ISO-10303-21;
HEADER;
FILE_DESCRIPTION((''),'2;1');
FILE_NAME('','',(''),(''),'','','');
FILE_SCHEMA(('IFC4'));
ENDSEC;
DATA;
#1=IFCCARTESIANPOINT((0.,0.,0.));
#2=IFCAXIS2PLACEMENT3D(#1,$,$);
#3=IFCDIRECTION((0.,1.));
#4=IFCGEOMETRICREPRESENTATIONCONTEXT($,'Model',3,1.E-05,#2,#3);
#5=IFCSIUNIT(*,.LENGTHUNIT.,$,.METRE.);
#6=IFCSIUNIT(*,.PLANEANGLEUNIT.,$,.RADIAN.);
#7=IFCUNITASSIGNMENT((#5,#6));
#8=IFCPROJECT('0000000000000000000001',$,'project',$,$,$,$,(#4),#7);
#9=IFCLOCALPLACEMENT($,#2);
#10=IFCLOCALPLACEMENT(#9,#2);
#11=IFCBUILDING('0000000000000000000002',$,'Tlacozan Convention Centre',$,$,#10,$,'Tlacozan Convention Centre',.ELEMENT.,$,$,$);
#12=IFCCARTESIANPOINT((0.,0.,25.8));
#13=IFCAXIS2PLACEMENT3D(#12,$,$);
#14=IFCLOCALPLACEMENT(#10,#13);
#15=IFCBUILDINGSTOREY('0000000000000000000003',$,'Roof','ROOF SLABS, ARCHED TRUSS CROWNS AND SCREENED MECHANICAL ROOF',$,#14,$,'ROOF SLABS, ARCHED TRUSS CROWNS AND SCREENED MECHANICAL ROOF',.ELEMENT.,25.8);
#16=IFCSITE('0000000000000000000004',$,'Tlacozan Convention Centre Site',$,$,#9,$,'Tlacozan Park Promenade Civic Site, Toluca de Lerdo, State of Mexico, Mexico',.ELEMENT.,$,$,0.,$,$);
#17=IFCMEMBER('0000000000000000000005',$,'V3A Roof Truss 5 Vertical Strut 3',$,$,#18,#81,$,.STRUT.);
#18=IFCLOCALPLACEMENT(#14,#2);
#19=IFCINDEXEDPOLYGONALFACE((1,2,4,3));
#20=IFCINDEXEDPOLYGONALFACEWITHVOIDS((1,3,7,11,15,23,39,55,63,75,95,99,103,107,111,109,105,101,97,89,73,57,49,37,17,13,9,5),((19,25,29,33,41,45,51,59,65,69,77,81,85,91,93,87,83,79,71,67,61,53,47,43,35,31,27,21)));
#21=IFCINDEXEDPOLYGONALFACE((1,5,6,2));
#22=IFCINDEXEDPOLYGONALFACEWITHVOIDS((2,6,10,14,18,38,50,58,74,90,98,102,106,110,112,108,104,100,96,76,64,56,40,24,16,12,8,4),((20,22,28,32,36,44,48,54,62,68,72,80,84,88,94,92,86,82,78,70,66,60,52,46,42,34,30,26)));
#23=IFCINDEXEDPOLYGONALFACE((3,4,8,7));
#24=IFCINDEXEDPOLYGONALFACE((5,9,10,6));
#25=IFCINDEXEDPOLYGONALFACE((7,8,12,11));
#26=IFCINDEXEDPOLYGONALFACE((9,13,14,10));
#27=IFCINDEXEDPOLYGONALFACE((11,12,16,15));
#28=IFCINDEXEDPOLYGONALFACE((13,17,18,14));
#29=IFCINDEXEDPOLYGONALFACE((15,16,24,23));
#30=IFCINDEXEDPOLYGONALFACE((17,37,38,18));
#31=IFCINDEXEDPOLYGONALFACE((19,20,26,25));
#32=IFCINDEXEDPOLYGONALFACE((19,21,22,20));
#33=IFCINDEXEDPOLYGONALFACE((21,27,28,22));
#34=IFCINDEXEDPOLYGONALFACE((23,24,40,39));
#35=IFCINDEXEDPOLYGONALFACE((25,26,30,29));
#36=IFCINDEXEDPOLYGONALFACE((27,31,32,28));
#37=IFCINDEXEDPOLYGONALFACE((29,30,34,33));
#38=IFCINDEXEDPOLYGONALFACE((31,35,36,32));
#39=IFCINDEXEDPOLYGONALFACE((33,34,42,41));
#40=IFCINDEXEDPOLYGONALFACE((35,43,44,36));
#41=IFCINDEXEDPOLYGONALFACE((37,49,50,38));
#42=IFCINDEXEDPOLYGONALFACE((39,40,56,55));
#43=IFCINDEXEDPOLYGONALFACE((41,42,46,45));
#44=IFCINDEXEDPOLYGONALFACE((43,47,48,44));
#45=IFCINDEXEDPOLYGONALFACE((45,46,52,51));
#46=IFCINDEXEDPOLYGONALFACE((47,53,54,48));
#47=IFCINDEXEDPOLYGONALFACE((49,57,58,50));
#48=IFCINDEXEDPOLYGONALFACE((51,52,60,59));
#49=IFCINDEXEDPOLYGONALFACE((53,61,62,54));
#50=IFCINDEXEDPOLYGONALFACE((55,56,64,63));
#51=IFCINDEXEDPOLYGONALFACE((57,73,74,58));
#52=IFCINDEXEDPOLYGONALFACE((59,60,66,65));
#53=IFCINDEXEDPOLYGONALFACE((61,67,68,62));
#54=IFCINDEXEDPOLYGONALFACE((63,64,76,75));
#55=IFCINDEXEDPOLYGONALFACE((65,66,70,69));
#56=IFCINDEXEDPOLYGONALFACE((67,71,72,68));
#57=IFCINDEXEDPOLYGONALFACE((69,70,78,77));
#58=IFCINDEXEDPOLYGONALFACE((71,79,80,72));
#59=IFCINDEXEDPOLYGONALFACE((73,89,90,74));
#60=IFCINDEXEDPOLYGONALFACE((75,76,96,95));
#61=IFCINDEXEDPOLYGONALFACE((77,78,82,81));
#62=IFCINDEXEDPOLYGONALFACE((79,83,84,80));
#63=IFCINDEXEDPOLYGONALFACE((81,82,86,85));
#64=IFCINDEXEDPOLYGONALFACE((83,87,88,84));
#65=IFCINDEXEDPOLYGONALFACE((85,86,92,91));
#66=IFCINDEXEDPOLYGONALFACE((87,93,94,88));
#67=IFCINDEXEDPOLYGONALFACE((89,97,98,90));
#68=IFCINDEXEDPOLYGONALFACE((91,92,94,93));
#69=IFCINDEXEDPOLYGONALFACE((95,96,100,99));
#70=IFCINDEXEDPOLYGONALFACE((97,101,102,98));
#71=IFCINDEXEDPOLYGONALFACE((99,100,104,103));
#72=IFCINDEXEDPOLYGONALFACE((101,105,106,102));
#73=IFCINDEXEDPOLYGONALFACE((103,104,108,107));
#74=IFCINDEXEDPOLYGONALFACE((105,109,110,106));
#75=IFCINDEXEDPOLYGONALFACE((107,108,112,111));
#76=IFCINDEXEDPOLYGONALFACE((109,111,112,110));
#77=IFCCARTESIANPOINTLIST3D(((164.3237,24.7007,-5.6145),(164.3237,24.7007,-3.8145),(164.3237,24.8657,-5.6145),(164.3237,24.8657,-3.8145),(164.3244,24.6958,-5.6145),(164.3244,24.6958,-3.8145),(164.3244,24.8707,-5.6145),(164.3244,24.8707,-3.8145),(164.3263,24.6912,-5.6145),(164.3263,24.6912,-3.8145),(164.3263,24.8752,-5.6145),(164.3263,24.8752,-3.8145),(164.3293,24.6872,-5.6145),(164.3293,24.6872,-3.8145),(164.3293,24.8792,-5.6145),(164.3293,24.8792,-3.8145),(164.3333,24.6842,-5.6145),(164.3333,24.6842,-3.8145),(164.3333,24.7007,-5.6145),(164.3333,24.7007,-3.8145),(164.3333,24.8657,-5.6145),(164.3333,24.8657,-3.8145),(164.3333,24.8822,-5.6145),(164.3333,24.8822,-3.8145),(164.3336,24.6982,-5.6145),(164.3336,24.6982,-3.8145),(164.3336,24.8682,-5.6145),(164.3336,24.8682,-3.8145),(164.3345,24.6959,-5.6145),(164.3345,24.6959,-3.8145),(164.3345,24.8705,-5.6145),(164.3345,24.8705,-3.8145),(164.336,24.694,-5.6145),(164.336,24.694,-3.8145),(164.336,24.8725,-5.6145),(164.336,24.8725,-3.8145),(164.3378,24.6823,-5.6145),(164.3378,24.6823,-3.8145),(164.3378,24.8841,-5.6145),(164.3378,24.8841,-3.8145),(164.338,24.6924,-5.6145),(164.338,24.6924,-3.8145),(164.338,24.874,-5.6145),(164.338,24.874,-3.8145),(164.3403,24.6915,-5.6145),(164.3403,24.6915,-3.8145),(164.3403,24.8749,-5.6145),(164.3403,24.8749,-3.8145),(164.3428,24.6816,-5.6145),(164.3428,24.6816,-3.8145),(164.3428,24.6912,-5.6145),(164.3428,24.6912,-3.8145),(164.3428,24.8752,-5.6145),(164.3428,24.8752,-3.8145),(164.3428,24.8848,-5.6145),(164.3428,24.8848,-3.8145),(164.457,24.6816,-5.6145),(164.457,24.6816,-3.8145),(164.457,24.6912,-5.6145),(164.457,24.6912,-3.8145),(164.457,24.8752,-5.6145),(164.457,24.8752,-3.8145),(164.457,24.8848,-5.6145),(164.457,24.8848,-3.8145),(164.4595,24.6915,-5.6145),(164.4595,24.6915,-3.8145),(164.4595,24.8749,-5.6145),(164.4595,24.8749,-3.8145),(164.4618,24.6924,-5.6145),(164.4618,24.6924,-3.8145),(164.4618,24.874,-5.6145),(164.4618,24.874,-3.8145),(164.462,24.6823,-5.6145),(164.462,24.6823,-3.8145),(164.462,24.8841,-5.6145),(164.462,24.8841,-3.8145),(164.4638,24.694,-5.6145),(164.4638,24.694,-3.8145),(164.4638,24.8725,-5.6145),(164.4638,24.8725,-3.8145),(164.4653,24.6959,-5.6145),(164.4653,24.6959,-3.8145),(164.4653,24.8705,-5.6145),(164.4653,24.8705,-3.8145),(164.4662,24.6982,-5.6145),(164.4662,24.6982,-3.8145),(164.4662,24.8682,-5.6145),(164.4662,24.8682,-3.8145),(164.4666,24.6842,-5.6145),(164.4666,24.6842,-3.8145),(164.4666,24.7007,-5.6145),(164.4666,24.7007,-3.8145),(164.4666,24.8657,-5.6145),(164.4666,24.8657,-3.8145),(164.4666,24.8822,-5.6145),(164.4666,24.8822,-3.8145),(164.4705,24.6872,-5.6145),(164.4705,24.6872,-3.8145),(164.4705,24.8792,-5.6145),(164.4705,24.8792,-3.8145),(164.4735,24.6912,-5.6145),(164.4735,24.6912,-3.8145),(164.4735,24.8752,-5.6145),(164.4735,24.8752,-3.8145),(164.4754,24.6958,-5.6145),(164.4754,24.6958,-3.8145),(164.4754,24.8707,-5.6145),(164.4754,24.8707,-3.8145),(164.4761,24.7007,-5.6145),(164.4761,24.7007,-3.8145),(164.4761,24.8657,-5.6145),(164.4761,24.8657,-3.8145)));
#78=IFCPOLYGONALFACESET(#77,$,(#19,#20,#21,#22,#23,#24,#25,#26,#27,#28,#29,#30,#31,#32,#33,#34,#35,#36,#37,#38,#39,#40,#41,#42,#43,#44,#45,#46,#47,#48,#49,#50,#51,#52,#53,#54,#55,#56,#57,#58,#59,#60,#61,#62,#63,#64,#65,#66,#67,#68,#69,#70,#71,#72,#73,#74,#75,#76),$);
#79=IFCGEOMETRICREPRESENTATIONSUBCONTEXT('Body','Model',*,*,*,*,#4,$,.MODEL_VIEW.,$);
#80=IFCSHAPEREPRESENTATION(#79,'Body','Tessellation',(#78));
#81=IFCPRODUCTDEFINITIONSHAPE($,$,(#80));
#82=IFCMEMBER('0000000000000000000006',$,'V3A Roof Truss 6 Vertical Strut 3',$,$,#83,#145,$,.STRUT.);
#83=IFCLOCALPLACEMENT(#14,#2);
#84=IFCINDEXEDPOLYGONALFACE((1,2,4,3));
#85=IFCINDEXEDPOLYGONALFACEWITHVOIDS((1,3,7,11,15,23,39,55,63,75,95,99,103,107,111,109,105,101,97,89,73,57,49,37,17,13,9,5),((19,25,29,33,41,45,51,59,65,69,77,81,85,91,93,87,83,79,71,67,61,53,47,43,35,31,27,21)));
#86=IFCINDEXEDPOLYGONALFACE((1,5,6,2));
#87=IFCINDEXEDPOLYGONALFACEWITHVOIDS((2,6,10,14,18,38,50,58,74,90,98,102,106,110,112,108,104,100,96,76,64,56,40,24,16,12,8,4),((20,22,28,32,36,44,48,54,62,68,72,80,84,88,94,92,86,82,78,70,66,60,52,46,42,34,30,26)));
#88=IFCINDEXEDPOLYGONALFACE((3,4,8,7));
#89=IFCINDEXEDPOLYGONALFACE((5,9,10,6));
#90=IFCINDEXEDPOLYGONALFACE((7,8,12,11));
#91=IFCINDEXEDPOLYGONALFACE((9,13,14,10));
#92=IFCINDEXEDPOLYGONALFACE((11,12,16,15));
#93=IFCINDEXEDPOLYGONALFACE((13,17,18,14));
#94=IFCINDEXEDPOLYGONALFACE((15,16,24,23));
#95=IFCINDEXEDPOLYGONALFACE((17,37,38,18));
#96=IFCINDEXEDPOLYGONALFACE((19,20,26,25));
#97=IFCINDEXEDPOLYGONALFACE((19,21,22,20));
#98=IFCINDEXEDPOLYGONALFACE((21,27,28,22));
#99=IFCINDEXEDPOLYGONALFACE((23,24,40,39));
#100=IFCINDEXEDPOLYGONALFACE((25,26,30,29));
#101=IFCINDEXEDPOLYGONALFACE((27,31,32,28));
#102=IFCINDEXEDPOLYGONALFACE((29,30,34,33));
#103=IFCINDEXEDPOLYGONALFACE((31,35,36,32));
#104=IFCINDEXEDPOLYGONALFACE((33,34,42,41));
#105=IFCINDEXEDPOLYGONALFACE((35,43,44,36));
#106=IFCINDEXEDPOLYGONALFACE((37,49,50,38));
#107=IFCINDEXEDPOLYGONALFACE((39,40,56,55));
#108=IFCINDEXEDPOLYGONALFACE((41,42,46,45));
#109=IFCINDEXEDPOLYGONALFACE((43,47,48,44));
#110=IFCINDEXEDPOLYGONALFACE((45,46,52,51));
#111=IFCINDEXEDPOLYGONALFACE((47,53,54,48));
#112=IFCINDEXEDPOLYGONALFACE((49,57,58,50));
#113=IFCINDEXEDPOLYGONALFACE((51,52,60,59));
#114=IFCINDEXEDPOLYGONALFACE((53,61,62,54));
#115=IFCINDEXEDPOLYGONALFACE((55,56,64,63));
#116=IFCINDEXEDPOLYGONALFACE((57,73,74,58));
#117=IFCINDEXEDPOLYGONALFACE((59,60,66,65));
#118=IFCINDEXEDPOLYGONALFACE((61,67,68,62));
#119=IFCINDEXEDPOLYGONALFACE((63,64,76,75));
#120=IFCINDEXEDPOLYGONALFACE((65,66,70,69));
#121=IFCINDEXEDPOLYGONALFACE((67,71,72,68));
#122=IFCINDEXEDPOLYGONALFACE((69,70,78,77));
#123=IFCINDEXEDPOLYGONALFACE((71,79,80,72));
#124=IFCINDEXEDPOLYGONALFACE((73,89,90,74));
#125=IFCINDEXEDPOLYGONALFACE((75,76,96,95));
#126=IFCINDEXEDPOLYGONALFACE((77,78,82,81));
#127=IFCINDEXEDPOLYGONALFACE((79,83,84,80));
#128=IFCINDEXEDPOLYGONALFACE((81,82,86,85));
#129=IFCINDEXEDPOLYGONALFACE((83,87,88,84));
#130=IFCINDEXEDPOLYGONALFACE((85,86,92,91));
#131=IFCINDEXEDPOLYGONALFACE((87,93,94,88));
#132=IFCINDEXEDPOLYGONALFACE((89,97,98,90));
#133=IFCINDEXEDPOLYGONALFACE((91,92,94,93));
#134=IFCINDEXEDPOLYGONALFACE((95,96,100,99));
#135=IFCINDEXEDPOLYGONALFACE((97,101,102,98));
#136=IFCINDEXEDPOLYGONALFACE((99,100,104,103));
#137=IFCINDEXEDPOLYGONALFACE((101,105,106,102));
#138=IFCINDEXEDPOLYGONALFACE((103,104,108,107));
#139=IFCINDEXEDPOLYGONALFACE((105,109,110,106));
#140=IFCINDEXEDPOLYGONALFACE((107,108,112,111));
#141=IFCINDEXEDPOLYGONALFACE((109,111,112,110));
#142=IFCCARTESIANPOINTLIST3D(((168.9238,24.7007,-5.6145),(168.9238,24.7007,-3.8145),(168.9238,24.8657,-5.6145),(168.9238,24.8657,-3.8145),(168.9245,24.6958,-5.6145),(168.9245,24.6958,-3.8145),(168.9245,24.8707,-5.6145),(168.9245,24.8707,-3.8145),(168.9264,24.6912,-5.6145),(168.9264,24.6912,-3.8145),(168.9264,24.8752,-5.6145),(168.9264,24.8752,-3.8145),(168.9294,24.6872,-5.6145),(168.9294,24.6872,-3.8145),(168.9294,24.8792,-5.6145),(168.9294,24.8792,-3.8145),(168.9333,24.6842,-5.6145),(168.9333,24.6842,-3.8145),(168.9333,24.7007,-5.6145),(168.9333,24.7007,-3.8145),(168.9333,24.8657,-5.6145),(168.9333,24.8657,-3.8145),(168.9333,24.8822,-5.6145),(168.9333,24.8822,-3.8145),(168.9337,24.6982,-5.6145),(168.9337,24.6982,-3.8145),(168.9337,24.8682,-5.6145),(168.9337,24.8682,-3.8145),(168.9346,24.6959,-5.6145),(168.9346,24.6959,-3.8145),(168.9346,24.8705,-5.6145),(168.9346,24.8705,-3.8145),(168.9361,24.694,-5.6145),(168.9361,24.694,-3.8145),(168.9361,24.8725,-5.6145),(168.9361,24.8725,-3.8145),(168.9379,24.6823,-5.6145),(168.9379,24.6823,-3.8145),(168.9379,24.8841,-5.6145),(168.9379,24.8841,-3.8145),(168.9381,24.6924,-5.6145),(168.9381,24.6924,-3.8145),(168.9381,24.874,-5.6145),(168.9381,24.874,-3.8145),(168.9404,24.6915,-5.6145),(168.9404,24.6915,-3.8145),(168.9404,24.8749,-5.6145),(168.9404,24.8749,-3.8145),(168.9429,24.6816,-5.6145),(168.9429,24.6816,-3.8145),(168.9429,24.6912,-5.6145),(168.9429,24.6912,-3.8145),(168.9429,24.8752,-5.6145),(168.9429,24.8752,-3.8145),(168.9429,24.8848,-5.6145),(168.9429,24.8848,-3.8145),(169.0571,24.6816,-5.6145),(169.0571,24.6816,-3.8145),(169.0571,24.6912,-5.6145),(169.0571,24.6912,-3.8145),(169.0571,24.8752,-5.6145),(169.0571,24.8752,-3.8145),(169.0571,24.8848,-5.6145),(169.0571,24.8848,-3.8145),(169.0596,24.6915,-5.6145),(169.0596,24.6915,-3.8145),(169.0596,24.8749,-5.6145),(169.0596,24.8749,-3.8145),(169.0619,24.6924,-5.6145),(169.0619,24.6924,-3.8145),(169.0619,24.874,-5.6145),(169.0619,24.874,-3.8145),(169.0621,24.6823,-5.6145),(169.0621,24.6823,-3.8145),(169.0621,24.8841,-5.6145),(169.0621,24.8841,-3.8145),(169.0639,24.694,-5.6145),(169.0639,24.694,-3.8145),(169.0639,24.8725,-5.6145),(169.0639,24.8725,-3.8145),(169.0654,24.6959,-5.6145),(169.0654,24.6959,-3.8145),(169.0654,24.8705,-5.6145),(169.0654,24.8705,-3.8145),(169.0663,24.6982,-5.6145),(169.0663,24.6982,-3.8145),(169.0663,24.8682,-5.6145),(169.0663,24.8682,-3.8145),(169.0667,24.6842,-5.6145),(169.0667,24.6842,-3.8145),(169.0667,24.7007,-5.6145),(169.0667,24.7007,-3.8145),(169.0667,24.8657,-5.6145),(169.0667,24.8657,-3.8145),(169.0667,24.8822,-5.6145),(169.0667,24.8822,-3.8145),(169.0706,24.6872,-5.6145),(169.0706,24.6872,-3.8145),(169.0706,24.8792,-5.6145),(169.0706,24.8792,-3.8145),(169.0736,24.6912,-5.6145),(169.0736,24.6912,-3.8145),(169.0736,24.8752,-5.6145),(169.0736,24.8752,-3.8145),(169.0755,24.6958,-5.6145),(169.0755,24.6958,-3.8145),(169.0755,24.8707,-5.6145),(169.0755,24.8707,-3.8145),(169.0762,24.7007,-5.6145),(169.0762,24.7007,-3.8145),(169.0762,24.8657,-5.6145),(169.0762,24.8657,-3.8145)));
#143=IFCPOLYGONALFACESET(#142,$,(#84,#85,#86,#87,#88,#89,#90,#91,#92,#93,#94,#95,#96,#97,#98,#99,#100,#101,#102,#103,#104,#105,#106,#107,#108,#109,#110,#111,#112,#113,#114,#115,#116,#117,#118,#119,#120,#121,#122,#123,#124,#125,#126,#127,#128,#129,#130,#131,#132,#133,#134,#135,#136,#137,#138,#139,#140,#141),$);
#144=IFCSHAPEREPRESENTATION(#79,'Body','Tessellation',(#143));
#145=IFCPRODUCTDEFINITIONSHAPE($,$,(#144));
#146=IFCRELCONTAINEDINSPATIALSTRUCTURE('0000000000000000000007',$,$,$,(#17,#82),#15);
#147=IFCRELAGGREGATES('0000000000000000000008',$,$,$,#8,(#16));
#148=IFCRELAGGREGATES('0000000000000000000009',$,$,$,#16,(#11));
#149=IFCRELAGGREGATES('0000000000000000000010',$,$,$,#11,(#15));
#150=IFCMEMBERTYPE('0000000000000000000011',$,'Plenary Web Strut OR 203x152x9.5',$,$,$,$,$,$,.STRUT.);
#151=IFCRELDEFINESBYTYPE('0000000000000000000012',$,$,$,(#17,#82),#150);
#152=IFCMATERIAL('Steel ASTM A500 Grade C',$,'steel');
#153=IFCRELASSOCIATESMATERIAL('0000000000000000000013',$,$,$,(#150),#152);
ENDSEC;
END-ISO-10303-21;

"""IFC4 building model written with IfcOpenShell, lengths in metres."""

from ifc_helpers import new_model, si_unit, direction, frame, origin, origin_2d, place, context, subcontext, project, spatial, hollow_rectangle, extrude, material, material_profile, profile_set, type_object, element, save


model = new_model("IFC4")

# Units and contexts
model_context = context("Model", 3, precision=1e-05, world=origin(), true_north=direction((0.0, 1.0)))
body_context = subcontext(model_context, "Body", "Model", "MODEL_VIEW")
ifc_project = project(units=[si_unit("LENGTHUNIT", "METRE"), si_unit("PLANEANGLEUNIT", "RADIAN")], contexts=[model_context])

# Site, building, storey
site_placement = place(None, origin())
site = spatial("IfcSite", under=ifc_project, at=site_placement, Name="Tlacozan Convention Centre Site", LongName="Tlacozan Park Promenade Civic Site, Toluca de Lerdo, State of Mexico, Mexico", CompositionType="ELEMENT", RefElevation=0.0)
building_placement = place(site_placement, origin())
building = spatial("IfcBuilding", under=site, at=building_placement, Name="Tlacozan Convention Centre", LongName="Tlacozan Convention Centre", CompositionType="ELEMENT")
storey_placement = place(building_placement, frame((0.0, 0.0, 25.8)))
storey = spatial("IfcBuildingStorey", under=building, at=storey_placement, Name="Roof", Description="ROOF SLABS, ARCHED TRUSS CROWNS AND SCREENED MECHANICAL ROOF", LongName="ROOF SLABS, ARCHED TRUSS CROWNS AND SCREENED MECHANICAL ROOF", CompositionType="ELEMENT", Elevation=25.8)

# Members
ifc_material_1 = material(Name="Steel ASTM A500 Grade C", Category="steel")
ifc_material_profile_1 = material_profile(ifc_material_1, hollow_rectangle(XDim=0.1523, YDim=0.2031, WallThickness=0.0095, InnerFilletRadius=0.0095, OuterFilletRadius=0.019, at=origin_2d()), Name="OR 203x152x9.5")
ifc_profile_set_1 = profile_set([ifc_material_profile_1], Name="Steel ASTM A500 Grade C")
member_type_1 = type_object("IfcMemberType", Name="Plenary Web Strut OR 203x152x9.5", PredefinedType="STRUT", material=ifc_profile_set_1)
for number, where, z_axis, x_axis, name in (
    (1, (164.3999, 24.7832, -5.6145), (0.0, 0.0, 1.0), (1.0, 0.0, 0.0), "V3A Roof Truss 5 Vertical Strut 3"),
    (2, (169.0, 24.7832, -5.6145), (0.0, 0.0, 1.0), (1.0, 0.0, 0.0), "V3A Roof Truss 6 Vertical Strut 3"),
):
    element("IfcMember", number, at=place(storey_placement, frame(where, z_axis=z_axis, x_axis=x_axis)), inside=storey, type_object=member_type_1, Name=name, PredefinedType="STRUT", context=body_context, shape_type="SweptSolid", body=[
        extrude(hollow_rectangle(XDim=0.1523, YDim=0.2031, WallThickness=0.0095, InnerFilletRadius=0.0095, OuterFilletRadius=0.019, at=origin_2d()), origin(), (0.0, 0.0, 1.0), 1.8),
    ])

save(model, "model.ifc")
